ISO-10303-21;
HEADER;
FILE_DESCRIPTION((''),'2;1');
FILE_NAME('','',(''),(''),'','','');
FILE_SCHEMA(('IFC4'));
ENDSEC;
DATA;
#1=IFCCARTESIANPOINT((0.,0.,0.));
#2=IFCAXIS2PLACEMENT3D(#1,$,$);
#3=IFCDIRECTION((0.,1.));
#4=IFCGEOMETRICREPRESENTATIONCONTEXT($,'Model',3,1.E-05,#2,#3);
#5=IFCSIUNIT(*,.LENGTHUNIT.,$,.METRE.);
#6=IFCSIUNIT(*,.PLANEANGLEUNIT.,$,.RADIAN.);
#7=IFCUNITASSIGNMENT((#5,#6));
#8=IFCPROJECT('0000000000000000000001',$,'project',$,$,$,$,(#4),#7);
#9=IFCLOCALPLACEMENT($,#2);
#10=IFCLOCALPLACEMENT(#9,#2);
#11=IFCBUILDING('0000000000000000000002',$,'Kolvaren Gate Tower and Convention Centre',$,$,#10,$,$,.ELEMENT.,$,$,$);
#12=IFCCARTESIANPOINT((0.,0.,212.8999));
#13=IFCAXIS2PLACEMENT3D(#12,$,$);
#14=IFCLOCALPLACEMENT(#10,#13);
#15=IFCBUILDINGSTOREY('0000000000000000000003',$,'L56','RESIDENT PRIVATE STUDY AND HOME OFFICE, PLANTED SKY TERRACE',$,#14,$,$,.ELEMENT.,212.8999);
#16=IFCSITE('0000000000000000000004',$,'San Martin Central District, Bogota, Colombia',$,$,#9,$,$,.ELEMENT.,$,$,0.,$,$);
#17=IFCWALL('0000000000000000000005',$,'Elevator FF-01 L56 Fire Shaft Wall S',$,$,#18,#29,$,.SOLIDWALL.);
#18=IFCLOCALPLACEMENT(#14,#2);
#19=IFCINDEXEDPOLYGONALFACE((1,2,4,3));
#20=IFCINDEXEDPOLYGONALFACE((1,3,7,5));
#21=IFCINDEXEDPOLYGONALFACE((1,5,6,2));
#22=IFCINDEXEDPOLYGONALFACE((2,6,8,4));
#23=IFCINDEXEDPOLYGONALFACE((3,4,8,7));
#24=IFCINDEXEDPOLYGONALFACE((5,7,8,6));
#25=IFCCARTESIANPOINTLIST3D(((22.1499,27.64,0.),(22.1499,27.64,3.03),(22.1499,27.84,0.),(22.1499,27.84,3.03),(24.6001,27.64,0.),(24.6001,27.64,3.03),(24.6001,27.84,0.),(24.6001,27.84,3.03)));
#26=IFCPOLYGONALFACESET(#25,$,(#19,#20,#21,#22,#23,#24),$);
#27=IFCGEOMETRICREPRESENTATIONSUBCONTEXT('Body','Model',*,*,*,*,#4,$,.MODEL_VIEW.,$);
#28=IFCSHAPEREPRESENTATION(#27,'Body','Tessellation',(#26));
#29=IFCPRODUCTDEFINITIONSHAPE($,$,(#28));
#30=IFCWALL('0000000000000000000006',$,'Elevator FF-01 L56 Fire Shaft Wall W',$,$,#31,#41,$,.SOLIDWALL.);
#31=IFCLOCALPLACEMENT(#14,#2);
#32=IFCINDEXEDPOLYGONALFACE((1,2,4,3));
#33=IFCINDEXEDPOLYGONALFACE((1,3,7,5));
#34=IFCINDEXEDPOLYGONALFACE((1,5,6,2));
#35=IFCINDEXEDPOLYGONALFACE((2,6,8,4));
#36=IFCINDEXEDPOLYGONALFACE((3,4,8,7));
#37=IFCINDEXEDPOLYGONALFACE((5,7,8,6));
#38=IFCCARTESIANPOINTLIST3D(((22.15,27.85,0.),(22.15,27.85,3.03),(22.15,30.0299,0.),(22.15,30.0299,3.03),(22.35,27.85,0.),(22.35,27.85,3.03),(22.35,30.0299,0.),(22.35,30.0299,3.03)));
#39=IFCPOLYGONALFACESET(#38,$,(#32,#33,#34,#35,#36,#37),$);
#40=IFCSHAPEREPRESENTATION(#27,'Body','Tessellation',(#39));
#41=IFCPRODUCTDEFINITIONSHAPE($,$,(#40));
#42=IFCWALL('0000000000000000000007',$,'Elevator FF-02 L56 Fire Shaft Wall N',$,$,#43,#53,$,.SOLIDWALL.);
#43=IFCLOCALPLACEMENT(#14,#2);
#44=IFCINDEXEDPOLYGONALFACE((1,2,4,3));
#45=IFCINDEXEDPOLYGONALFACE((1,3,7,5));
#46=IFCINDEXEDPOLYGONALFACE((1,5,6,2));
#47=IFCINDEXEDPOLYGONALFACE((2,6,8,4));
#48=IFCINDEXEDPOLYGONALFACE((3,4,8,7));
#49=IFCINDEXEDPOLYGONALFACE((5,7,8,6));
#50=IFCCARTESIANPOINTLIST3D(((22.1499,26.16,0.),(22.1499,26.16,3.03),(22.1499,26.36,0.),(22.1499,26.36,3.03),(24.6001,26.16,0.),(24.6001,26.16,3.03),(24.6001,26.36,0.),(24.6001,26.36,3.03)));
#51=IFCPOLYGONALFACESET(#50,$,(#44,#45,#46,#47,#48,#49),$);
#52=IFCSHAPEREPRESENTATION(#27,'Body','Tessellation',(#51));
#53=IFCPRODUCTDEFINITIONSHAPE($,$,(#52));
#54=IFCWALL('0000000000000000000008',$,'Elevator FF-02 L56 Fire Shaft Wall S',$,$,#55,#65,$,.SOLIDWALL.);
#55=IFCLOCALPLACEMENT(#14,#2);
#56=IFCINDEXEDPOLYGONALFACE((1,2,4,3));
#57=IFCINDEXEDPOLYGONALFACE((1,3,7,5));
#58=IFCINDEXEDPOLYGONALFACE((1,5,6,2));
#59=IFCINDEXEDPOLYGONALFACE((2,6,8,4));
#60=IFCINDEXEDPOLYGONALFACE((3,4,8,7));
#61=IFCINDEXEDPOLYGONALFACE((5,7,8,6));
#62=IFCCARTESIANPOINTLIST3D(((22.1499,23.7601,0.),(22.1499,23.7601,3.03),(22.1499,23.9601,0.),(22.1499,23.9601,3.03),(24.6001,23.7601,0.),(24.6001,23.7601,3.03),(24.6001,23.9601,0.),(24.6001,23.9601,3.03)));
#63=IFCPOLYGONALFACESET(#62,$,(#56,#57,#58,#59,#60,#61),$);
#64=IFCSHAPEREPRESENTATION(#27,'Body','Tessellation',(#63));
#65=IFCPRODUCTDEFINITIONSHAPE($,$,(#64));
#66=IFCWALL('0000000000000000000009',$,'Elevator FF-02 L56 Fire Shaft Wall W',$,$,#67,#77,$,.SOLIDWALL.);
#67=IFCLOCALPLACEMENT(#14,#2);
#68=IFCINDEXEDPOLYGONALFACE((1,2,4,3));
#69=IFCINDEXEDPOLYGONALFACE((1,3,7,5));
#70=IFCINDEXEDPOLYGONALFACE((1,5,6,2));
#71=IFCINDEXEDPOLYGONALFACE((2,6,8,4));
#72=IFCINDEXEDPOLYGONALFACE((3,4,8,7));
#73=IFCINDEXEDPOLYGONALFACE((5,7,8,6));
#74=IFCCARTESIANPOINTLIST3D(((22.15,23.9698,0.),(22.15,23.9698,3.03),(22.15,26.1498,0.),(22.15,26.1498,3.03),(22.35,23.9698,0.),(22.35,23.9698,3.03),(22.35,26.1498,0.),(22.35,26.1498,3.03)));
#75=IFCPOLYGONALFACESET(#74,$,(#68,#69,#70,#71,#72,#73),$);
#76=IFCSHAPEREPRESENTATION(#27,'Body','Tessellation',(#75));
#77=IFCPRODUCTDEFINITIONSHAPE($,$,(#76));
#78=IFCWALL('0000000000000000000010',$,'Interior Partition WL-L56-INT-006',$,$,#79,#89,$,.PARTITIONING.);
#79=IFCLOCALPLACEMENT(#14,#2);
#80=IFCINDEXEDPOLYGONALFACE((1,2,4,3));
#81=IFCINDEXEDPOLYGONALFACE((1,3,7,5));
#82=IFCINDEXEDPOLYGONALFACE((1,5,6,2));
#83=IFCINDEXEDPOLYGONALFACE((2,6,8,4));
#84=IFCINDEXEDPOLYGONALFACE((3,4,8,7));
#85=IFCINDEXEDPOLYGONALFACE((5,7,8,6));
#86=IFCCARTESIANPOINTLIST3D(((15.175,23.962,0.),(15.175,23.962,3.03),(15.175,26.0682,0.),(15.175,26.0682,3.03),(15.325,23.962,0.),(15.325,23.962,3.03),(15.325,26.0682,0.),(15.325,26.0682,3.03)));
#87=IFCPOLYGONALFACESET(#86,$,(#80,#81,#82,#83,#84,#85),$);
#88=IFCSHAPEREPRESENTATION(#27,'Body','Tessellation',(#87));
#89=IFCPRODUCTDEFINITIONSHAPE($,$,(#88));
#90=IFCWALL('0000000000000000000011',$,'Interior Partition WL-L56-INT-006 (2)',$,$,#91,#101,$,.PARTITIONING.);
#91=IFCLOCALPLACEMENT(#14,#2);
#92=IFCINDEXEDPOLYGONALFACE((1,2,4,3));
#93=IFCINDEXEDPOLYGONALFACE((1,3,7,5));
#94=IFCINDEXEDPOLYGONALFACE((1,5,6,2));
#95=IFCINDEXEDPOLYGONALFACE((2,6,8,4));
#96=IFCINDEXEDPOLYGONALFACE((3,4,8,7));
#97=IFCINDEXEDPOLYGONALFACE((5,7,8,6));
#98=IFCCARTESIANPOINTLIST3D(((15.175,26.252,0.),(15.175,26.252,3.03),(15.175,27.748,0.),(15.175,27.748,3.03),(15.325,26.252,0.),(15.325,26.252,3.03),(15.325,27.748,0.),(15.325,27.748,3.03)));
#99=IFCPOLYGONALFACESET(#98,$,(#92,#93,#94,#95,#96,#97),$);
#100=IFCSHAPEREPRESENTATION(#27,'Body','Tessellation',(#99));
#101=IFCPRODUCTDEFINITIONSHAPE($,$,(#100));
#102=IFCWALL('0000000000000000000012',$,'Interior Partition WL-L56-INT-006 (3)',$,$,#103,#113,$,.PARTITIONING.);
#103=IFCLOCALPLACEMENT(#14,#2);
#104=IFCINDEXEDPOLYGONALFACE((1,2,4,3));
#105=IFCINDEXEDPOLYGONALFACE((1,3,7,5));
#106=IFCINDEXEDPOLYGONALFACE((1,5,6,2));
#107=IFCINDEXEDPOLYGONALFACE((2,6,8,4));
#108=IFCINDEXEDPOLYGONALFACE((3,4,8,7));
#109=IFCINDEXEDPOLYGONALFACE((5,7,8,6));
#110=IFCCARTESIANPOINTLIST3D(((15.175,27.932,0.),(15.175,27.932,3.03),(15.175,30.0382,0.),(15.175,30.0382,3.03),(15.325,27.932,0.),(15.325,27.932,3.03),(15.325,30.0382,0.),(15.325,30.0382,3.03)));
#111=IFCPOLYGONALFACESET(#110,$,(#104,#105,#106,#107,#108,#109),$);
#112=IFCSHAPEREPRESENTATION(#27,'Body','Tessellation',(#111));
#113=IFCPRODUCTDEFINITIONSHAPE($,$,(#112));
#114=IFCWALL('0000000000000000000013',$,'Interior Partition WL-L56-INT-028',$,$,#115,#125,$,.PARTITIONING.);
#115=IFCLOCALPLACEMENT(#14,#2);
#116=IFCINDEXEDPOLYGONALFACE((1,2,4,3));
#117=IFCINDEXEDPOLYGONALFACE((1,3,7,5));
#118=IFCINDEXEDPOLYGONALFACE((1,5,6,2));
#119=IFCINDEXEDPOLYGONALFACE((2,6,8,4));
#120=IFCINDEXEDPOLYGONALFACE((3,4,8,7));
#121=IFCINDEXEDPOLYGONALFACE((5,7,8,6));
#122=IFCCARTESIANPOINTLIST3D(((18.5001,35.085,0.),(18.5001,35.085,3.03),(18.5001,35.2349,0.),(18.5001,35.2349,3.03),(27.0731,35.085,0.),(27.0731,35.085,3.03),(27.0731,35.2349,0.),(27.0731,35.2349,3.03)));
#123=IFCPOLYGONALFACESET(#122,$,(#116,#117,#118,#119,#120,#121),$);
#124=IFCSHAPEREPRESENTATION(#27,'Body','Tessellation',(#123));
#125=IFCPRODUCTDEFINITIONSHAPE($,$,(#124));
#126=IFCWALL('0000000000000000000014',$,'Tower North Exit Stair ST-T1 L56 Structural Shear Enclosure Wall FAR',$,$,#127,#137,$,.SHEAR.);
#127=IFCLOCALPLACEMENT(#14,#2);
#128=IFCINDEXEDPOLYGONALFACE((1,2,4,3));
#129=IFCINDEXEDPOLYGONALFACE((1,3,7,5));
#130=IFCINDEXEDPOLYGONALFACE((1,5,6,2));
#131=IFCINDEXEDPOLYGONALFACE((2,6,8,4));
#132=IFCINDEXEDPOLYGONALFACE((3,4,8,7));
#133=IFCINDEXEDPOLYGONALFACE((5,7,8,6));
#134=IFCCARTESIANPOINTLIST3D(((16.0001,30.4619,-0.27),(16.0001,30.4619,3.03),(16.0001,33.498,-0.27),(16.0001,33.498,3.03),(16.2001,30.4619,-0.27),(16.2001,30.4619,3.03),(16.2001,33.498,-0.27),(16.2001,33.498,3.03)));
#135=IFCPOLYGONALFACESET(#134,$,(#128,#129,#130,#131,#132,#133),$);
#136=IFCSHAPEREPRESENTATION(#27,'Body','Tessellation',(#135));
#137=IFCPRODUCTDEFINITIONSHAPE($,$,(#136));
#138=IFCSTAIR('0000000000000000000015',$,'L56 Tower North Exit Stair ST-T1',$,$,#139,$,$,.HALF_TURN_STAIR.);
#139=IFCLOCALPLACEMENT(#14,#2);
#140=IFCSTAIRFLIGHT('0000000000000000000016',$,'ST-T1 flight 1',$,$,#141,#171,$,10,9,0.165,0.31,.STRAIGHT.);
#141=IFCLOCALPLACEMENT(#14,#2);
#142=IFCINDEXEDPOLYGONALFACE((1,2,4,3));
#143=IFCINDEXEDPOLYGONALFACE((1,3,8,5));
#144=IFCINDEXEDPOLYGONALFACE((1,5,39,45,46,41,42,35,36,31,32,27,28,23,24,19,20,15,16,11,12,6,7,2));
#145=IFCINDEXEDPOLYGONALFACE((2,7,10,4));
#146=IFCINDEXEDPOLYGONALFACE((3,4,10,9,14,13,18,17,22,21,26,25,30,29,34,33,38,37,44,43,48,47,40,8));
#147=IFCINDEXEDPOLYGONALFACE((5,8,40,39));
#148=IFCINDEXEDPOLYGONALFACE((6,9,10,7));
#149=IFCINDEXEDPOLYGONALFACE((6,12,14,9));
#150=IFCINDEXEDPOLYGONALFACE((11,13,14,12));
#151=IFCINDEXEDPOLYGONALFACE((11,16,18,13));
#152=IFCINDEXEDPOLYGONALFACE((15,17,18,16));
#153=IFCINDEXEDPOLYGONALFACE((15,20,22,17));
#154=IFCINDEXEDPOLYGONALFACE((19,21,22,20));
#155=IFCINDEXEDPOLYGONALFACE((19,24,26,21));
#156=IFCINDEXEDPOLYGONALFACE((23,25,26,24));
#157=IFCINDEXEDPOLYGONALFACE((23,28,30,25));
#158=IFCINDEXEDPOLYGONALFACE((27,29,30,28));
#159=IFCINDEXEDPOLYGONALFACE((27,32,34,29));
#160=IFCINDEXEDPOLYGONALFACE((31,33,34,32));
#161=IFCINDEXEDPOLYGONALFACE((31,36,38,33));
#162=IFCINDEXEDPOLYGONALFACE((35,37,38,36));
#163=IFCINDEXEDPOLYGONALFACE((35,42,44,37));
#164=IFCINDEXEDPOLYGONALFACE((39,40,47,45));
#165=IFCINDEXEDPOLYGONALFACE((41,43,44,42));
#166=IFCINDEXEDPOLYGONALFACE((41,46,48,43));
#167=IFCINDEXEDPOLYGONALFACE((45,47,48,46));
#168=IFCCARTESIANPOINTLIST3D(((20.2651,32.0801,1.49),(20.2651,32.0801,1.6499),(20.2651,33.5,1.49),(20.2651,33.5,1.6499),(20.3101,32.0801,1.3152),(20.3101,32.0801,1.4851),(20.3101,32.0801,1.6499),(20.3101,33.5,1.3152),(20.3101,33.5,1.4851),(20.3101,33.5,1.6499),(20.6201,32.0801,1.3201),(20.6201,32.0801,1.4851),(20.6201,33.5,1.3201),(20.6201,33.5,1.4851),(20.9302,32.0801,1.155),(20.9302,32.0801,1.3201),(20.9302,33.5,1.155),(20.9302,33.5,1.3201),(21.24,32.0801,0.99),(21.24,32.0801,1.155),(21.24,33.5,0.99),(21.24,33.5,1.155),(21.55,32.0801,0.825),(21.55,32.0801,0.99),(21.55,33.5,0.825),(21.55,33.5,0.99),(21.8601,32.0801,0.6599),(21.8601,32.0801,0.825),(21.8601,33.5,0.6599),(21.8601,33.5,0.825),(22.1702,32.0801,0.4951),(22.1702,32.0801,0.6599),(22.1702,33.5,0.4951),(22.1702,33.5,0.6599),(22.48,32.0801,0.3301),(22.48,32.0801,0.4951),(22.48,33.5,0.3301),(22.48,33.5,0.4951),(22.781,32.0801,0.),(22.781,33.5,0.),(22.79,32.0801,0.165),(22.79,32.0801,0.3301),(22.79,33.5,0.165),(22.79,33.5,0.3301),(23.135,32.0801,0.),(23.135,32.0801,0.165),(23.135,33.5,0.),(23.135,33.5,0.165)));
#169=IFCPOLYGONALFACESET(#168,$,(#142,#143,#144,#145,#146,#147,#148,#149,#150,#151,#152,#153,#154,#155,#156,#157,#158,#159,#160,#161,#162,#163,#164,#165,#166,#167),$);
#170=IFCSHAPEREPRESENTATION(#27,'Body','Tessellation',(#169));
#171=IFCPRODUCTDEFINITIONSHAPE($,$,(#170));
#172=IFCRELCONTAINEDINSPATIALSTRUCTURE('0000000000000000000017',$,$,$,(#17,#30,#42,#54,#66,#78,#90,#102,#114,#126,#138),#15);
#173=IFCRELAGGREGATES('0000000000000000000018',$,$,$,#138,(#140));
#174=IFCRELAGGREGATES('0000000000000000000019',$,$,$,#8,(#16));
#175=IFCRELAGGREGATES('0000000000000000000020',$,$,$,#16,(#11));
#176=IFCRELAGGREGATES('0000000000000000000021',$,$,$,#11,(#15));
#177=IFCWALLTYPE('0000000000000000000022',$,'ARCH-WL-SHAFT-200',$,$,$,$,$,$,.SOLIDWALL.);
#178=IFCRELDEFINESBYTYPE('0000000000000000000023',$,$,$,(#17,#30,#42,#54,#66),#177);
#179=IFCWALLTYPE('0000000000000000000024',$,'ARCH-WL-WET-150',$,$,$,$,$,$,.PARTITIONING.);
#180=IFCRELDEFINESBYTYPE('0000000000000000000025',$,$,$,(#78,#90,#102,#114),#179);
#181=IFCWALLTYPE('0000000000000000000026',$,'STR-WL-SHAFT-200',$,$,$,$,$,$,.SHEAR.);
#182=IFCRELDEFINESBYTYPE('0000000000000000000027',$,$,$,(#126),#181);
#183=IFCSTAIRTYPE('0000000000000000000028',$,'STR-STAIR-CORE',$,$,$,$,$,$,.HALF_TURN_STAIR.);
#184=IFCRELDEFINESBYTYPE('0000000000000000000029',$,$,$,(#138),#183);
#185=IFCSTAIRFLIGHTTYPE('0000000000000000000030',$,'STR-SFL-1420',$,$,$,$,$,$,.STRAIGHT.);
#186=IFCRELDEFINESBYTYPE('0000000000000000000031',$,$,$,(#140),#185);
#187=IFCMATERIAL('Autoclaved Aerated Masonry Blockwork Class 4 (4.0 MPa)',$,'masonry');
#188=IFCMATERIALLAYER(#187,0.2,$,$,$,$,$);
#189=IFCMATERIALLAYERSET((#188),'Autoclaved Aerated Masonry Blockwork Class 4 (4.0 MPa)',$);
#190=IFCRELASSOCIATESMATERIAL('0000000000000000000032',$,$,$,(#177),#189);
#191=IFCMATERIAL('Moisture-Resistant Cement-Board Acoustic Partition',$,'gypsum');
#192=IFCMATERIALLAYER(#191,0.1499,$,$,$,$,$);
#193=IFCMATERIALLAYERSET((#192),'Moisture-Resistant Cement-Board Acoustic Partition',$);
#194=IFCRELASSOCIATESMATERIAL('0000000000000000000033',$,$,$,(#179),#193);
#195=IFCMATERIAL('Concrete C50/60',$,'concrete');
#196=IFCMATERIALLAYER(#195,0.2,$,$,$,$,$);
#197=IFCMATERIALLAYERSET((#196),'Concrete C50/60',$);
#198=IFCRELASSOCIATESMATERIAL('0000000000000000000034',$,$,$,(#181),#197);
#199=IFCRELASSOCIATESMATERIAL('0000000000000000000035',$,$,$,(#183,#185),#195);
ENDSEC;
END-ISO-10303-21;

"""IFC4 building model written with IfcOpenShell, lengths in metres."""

from ifc_helpers import new_model, si_unit, direction, frame, frame_2d, origin, place, context, subcontext, project, spatial, polyline, rectangle, outline, extrude, material, layer, layer_set, type_object, element, aggregate, save


model = new_model("IFC4")

# Units and contexts
model_context = context("Model", 3, precision=1e-05, world=origin(), true_north=direction((0.0, 1.0)))
body_context = subcontext(model_context, "Body", "Model", "MODEL_VIEW")
ifc_project = project(units=[si_unit("LENGTHUNIT", "METRE"), si_unit("PLANEANGLEUNIT", "RADIAN")], contexts=[model_context])

# Site, building, storey
site_placement = place(None, origin())
site = spatial("IfcSite", under=ifc_project, at=site_placement, Name="San Martin Central District, Bogota, Colombia", CompositionType="ELEMENT", RefElevation=0.0)
building_placement = place(site_placement, origin())
building = spatial("IfcBuilding", under=site, at=building_placement, Name="Kolvaren Gate Tower and Convention Centre", CompositionType="ELEMENT")
storey_placement = place(building_placement, frame((0.0, 0.0, 212.8999)))
storey = spatial("IfcBuildingStorey", under=building, at=storey_placement, Name="L56", Description="RESIDENT PRIVATE STUDY AND HOME OFFICE, PLANTED SKY TERRACE", CompositionType="ELEMENT", Elevation=212.8999)

# Shared definitions
ifc_material_1 = material(Name="Autoclaved Aerated Masonry Blockwork Class 4 (4.0 MPa)", Category="masonry")

# Walls
ifc_layer_1 = layer(ifc_material_1, 0.2)
ifc_layer_set_1 = layer_set([ifc_layer_1], Name="Autoclaved Aerated Masonry Blockwork Class 4 (4.0 MPa)")
wall_type_1 = type_object("IfcWallType", Name="ARCH-WL-SHAFT-200", PredefinedType="SOLIDWALL", material=ifc_layer_set_1)
for number, where, z_axis, x_axis, name in (
    (1, (22.1499, 27.74, 0.0), (0.0, 0.0, 1.0), (1.0, 0.0, 0.0), "Elevator FF-01 L56 Fire Shaft Wall S"),
):
    element("IfcWall", number, at=place(storey_placement, frame(where, z_axis=z_axis, x_axis=x_axis)), inside=storey, type_object=wall_type_1, Name=name, PredefinedType="SOLIDWALL", context=body_context, shape_type="SweptSolid", body=[
        extrude(rectangle(XDim=2.4502, YDim=0.2, at=frame_2d((1.2251, 0.0))), origin(), (0.0, 0.0, 1.0), 3.03),
    ])
wall_1_placement = place(storey_placement, frame((22.25, 27.8501, 0.0), z_axis=(0.0, 0.0, 1.0), x_axis=(0.0, 1.0, 0.0)))
element("IfcWall", 2, at=wall_1_placement, inside=storey, type_object=wall_type_1, Name="Elevator FF-01 L56 Fire Shaft Wall W", PredefinedType="SOLIDWALL", context=body_context, shape_type="SweptSolid", body=[
    extrude(rectangle(XDim=2.1799, YDim=0.2, at=frame_2d((1.0898, 0.0))), origin(), (0.0, 0.0, 1.0), 3.03),
])
for number, where, z_axis, x_axis, name in (
    (3, (22.1499, 26.26, 0.0), (0.0, 0.0, 1.0), (1.0, 0.0, 0.0), "Elevator FF-02 L56 Fire Shaft Wall N"),
    (4, (22.1499, 23.8601, 0.0), (0.0, 0.0, 1.0), (1.0, 0.0, 0.0), "Elevator FF-02 L56 Fire Shaft Wall S"),
):
    element("IfcWall", number, at=place(storey_placement, frame(where, z_axis=z_axis, x_axis=x_axis)), inside=storey, type_object=wall_type_1, Name=name, PredefinedType="SOLIDWALL", context=body_context, shape_type="SweptSolid", body=[
        extrude(rectangle(XDim=2.4502, YDim=0.2, at=frame_2d((1.2251, 0.0))), origin(), (0.0, 0.0, 1.0), 3.03),
    ])
wall_2_placement = place(storey_placement, frame((22.25, 23.97, 0.0), z_axis=(0.0, 0.0, 1.0), x_axis=(0.0, 1.0, 0.0)))
element("IfcWall", 5, at=wall_2_placement, inside=storey, type_object=wall_type_1, Name="Elevator FF-02 L56 Fire Shaft Wall W", PredefinedType="SOLIDWALL", context=body_context, shape_type="SweptSolid", body=[
    extrude(rectangle(XDim=2.1799, YDim=0.2, at=frame_2d((1.0898, 0.0))), origin(), (0.0, 0.0, 1.0), 3.03),
])
ifc_material_2 = material(Name="Moisture-Resistant Cement-Board Acoustic Partition", Category="gypsum")
ifc_layer_2 = layer(ifc_material_2, 0.1499)
ifc_layer_set_2 = layer_set([ifc_layer_2], Name="Moisture-Resistant Cement-Board Acoustic Partition")
wall_type_2 = type_object("IfcWallType", Name="ARCH-WL-WET-150", PredefinedType="PARTITIONING", material=ifc_layer_set_2)
wall_3_placement = place(storey_placement, frame((15.25, 23.9619, 0.0), z_axis=(0.0, 0.0, 1.0), x_axis=(0.0, 1.0, 0.0)))
element("IfcWall", 6, at=wall_3_placement, inside=storey, type_object=wall_type_2, Name="Interior Partition WL-L56-INT-006", PredefinedType="PARTITIONING", context=body_context, shape_type="SweptSolid", body=[
    extrude(rectangle(XDim=2.1062, YDim=0.1499, at=frame_2d((1.0532, 0.0))), origin(), (0.0, 0.0, 1.0), 3.03),
])
wall_4_placement = place(storey_placement, frame((15.25, 26.252, 0.0), z_axis=(0.0, 0.0, 1.0), x_axis=(0.0, 1.0, 0.0)))
element("IfcWall", 7, at=wall_4_placement, inside=storey, type_object=wall_type_2, Name="Interior Partition WL-L56-INT-006 (2)", PredefinedType="PARTITIONING", context=body_context, shape_type="SweptSolid", body=[
    extrude(rectangle(XDim=1.4961, YDim=0.1499, at=frame_2d((0.748, 0.0))), origin(), (0.0, 0.0, 1.0), 3.03),
])
wall_5_placement = place(storey_placement, frame((15.25, 27.9319, 0.0), z_axis=(0.0, 0.0, 1.0), x_axis=(0.0, 1.0, 0.0)))
element("IfcWall", 8, at=wall_5_placement, inside=storey, type_object=wall_type_2, Name="Interior Partition WL-L56-INT-006 (3)", PredefinedType="PARTITIONING", context=body_context, shape_type="SweptSolid", body=[
    extrude(rectangle(XDim=2.1062, YDim=0.1499, at=frame_2d((1.0532, 0.0))), origin(), (0.0, 0.0, 1.0), 3.03),
])
wall_6_placement = place(storey_placement, frame((18.5, 35.1599, 0.0), z_axis=(0.0, 0.0, 1.0), x_axis=(1.0, 0.0, 0.0)))
element("IfcWall", 9, at=wall_6_placement, inside=storey, type_object=wall_type_2, Name="Interior Partition WL-L56-INT-028", PredefinedType="PARTITIONING", context=body_context, shape_type="SweptSolid", body=[
    extrude(rectangle(XDim=8.573, YDim=0.1499, at=frame_2d((4.2866, 0.0))), origin(), (0.0, 0.0, 1.0), 3.03),
])
ifc_material_3 = material(Name="Concrete C50/60", Category="concrete")
ifc_layer_3 = layer(ifc_material_3, 0.2)
ifc_layer_set_3 = layer_set([ifc_layer_3], Name="Concrete C50/60")
wall_type_3 = type_object("IfcWallType", Name="STR-WL-SHAFT-200", PredefinedType="SHEAR", material=ifc_layer_set_3)
wall_7_placement = place(storey_placement, frame((16.1001, 30.4619, -0.27), z_axis=(0.0, 0.0, 1.0), x_axis=(0.0, 1.0, 0.0)))
element("IfcWall", 10, at=wall_7_placement, inside=storey, type_object=wall_type_3, Name="Tower North Exit Stair ST-T1 L56 Structural Shear Enclosure Wall FAR", PredefinedType="SHEAR", context=body_context, shape_type="SweptSolid", body=[
    extrude(rectangle(XDim=3.0361, YDim=0.2, at=frame_2d((1.5181, 0.0))), origin(), (0.0, 0.0, 1.0), 3.3),
])

# Stair, stair flight
stair_type = type_object("IfcStairType", Name="STR-STAIR-CORE", PredefinedType="HALF_TURN_STAIR", material=ifc_material_3)
stair_placement = place(storey_placement, origin())
stair = element("IfcStair", 11, at=stair_placement, inside=storey, type_object=stair_type, Name="L56 Tower North Exit Stair ST-T1", PredefinedType="HALF_TURN_STAIR")
stair_flight_type = type_object("IfcStairFlightType", Name="STR-SFL-1420", PredefinedType="STRAIGHT", material=ifc_material_3)
stair_flight_1_placement = place(storey_placement, frame((23.1001, 32.79, 0.0), z_axis=(0.0, 0.0, 1.0), x_axis=(-1.0, 0.0, 0.0)))
stair_flight_1 = element("IfcStairFlight", 12, at=stair_flight_1_placement, type_object=stair_flight_type, Name="ST-T1 flight 1", NumberOfRisers=10, NumberOfTreads=9, PredefinedType="STRAIGHT", RiserHeight=0.165, TreadLength=0.31, context=body_context, shape_type="SweptSolid", body=[
    extrude(outline(polyline([(-0.0349, 0.0), (-0.0349, 0.165), (0.3101, 0.165), (0.3101, 0.3301), (0.6201, 0.3301), (0.6201, 0.4951), (0.9299, 0.4951), (0.9299, 0.6599), (1.24, 0.6599), (1.24, 0.825), (1.55, 0.825), (1.55, 0.99), (1.8601, 0.99), (1.8601, 1.155), (2.1699, 1.155), (2.1699, 1.3201), (2.48, 1.3201), (2.48, 1.4851), (2.79, 1.4851), (2.79, 1.6499), (2.835, 1.6499), (2.835, 1.49), (2.79, 1.3152), (0.3191, 0.0), (-0.0349, 0.0)])), frame((0.0, 0.71, 0.0), z_axis=(0.0, -1.0, 0.0), x_axis=(1.0, 0.0, 0.0)), (0.0, 0.0, 1.0), 1.4199),
])
aggregate(stair, [stair_flight_1])

save(model, "model.ifc")
